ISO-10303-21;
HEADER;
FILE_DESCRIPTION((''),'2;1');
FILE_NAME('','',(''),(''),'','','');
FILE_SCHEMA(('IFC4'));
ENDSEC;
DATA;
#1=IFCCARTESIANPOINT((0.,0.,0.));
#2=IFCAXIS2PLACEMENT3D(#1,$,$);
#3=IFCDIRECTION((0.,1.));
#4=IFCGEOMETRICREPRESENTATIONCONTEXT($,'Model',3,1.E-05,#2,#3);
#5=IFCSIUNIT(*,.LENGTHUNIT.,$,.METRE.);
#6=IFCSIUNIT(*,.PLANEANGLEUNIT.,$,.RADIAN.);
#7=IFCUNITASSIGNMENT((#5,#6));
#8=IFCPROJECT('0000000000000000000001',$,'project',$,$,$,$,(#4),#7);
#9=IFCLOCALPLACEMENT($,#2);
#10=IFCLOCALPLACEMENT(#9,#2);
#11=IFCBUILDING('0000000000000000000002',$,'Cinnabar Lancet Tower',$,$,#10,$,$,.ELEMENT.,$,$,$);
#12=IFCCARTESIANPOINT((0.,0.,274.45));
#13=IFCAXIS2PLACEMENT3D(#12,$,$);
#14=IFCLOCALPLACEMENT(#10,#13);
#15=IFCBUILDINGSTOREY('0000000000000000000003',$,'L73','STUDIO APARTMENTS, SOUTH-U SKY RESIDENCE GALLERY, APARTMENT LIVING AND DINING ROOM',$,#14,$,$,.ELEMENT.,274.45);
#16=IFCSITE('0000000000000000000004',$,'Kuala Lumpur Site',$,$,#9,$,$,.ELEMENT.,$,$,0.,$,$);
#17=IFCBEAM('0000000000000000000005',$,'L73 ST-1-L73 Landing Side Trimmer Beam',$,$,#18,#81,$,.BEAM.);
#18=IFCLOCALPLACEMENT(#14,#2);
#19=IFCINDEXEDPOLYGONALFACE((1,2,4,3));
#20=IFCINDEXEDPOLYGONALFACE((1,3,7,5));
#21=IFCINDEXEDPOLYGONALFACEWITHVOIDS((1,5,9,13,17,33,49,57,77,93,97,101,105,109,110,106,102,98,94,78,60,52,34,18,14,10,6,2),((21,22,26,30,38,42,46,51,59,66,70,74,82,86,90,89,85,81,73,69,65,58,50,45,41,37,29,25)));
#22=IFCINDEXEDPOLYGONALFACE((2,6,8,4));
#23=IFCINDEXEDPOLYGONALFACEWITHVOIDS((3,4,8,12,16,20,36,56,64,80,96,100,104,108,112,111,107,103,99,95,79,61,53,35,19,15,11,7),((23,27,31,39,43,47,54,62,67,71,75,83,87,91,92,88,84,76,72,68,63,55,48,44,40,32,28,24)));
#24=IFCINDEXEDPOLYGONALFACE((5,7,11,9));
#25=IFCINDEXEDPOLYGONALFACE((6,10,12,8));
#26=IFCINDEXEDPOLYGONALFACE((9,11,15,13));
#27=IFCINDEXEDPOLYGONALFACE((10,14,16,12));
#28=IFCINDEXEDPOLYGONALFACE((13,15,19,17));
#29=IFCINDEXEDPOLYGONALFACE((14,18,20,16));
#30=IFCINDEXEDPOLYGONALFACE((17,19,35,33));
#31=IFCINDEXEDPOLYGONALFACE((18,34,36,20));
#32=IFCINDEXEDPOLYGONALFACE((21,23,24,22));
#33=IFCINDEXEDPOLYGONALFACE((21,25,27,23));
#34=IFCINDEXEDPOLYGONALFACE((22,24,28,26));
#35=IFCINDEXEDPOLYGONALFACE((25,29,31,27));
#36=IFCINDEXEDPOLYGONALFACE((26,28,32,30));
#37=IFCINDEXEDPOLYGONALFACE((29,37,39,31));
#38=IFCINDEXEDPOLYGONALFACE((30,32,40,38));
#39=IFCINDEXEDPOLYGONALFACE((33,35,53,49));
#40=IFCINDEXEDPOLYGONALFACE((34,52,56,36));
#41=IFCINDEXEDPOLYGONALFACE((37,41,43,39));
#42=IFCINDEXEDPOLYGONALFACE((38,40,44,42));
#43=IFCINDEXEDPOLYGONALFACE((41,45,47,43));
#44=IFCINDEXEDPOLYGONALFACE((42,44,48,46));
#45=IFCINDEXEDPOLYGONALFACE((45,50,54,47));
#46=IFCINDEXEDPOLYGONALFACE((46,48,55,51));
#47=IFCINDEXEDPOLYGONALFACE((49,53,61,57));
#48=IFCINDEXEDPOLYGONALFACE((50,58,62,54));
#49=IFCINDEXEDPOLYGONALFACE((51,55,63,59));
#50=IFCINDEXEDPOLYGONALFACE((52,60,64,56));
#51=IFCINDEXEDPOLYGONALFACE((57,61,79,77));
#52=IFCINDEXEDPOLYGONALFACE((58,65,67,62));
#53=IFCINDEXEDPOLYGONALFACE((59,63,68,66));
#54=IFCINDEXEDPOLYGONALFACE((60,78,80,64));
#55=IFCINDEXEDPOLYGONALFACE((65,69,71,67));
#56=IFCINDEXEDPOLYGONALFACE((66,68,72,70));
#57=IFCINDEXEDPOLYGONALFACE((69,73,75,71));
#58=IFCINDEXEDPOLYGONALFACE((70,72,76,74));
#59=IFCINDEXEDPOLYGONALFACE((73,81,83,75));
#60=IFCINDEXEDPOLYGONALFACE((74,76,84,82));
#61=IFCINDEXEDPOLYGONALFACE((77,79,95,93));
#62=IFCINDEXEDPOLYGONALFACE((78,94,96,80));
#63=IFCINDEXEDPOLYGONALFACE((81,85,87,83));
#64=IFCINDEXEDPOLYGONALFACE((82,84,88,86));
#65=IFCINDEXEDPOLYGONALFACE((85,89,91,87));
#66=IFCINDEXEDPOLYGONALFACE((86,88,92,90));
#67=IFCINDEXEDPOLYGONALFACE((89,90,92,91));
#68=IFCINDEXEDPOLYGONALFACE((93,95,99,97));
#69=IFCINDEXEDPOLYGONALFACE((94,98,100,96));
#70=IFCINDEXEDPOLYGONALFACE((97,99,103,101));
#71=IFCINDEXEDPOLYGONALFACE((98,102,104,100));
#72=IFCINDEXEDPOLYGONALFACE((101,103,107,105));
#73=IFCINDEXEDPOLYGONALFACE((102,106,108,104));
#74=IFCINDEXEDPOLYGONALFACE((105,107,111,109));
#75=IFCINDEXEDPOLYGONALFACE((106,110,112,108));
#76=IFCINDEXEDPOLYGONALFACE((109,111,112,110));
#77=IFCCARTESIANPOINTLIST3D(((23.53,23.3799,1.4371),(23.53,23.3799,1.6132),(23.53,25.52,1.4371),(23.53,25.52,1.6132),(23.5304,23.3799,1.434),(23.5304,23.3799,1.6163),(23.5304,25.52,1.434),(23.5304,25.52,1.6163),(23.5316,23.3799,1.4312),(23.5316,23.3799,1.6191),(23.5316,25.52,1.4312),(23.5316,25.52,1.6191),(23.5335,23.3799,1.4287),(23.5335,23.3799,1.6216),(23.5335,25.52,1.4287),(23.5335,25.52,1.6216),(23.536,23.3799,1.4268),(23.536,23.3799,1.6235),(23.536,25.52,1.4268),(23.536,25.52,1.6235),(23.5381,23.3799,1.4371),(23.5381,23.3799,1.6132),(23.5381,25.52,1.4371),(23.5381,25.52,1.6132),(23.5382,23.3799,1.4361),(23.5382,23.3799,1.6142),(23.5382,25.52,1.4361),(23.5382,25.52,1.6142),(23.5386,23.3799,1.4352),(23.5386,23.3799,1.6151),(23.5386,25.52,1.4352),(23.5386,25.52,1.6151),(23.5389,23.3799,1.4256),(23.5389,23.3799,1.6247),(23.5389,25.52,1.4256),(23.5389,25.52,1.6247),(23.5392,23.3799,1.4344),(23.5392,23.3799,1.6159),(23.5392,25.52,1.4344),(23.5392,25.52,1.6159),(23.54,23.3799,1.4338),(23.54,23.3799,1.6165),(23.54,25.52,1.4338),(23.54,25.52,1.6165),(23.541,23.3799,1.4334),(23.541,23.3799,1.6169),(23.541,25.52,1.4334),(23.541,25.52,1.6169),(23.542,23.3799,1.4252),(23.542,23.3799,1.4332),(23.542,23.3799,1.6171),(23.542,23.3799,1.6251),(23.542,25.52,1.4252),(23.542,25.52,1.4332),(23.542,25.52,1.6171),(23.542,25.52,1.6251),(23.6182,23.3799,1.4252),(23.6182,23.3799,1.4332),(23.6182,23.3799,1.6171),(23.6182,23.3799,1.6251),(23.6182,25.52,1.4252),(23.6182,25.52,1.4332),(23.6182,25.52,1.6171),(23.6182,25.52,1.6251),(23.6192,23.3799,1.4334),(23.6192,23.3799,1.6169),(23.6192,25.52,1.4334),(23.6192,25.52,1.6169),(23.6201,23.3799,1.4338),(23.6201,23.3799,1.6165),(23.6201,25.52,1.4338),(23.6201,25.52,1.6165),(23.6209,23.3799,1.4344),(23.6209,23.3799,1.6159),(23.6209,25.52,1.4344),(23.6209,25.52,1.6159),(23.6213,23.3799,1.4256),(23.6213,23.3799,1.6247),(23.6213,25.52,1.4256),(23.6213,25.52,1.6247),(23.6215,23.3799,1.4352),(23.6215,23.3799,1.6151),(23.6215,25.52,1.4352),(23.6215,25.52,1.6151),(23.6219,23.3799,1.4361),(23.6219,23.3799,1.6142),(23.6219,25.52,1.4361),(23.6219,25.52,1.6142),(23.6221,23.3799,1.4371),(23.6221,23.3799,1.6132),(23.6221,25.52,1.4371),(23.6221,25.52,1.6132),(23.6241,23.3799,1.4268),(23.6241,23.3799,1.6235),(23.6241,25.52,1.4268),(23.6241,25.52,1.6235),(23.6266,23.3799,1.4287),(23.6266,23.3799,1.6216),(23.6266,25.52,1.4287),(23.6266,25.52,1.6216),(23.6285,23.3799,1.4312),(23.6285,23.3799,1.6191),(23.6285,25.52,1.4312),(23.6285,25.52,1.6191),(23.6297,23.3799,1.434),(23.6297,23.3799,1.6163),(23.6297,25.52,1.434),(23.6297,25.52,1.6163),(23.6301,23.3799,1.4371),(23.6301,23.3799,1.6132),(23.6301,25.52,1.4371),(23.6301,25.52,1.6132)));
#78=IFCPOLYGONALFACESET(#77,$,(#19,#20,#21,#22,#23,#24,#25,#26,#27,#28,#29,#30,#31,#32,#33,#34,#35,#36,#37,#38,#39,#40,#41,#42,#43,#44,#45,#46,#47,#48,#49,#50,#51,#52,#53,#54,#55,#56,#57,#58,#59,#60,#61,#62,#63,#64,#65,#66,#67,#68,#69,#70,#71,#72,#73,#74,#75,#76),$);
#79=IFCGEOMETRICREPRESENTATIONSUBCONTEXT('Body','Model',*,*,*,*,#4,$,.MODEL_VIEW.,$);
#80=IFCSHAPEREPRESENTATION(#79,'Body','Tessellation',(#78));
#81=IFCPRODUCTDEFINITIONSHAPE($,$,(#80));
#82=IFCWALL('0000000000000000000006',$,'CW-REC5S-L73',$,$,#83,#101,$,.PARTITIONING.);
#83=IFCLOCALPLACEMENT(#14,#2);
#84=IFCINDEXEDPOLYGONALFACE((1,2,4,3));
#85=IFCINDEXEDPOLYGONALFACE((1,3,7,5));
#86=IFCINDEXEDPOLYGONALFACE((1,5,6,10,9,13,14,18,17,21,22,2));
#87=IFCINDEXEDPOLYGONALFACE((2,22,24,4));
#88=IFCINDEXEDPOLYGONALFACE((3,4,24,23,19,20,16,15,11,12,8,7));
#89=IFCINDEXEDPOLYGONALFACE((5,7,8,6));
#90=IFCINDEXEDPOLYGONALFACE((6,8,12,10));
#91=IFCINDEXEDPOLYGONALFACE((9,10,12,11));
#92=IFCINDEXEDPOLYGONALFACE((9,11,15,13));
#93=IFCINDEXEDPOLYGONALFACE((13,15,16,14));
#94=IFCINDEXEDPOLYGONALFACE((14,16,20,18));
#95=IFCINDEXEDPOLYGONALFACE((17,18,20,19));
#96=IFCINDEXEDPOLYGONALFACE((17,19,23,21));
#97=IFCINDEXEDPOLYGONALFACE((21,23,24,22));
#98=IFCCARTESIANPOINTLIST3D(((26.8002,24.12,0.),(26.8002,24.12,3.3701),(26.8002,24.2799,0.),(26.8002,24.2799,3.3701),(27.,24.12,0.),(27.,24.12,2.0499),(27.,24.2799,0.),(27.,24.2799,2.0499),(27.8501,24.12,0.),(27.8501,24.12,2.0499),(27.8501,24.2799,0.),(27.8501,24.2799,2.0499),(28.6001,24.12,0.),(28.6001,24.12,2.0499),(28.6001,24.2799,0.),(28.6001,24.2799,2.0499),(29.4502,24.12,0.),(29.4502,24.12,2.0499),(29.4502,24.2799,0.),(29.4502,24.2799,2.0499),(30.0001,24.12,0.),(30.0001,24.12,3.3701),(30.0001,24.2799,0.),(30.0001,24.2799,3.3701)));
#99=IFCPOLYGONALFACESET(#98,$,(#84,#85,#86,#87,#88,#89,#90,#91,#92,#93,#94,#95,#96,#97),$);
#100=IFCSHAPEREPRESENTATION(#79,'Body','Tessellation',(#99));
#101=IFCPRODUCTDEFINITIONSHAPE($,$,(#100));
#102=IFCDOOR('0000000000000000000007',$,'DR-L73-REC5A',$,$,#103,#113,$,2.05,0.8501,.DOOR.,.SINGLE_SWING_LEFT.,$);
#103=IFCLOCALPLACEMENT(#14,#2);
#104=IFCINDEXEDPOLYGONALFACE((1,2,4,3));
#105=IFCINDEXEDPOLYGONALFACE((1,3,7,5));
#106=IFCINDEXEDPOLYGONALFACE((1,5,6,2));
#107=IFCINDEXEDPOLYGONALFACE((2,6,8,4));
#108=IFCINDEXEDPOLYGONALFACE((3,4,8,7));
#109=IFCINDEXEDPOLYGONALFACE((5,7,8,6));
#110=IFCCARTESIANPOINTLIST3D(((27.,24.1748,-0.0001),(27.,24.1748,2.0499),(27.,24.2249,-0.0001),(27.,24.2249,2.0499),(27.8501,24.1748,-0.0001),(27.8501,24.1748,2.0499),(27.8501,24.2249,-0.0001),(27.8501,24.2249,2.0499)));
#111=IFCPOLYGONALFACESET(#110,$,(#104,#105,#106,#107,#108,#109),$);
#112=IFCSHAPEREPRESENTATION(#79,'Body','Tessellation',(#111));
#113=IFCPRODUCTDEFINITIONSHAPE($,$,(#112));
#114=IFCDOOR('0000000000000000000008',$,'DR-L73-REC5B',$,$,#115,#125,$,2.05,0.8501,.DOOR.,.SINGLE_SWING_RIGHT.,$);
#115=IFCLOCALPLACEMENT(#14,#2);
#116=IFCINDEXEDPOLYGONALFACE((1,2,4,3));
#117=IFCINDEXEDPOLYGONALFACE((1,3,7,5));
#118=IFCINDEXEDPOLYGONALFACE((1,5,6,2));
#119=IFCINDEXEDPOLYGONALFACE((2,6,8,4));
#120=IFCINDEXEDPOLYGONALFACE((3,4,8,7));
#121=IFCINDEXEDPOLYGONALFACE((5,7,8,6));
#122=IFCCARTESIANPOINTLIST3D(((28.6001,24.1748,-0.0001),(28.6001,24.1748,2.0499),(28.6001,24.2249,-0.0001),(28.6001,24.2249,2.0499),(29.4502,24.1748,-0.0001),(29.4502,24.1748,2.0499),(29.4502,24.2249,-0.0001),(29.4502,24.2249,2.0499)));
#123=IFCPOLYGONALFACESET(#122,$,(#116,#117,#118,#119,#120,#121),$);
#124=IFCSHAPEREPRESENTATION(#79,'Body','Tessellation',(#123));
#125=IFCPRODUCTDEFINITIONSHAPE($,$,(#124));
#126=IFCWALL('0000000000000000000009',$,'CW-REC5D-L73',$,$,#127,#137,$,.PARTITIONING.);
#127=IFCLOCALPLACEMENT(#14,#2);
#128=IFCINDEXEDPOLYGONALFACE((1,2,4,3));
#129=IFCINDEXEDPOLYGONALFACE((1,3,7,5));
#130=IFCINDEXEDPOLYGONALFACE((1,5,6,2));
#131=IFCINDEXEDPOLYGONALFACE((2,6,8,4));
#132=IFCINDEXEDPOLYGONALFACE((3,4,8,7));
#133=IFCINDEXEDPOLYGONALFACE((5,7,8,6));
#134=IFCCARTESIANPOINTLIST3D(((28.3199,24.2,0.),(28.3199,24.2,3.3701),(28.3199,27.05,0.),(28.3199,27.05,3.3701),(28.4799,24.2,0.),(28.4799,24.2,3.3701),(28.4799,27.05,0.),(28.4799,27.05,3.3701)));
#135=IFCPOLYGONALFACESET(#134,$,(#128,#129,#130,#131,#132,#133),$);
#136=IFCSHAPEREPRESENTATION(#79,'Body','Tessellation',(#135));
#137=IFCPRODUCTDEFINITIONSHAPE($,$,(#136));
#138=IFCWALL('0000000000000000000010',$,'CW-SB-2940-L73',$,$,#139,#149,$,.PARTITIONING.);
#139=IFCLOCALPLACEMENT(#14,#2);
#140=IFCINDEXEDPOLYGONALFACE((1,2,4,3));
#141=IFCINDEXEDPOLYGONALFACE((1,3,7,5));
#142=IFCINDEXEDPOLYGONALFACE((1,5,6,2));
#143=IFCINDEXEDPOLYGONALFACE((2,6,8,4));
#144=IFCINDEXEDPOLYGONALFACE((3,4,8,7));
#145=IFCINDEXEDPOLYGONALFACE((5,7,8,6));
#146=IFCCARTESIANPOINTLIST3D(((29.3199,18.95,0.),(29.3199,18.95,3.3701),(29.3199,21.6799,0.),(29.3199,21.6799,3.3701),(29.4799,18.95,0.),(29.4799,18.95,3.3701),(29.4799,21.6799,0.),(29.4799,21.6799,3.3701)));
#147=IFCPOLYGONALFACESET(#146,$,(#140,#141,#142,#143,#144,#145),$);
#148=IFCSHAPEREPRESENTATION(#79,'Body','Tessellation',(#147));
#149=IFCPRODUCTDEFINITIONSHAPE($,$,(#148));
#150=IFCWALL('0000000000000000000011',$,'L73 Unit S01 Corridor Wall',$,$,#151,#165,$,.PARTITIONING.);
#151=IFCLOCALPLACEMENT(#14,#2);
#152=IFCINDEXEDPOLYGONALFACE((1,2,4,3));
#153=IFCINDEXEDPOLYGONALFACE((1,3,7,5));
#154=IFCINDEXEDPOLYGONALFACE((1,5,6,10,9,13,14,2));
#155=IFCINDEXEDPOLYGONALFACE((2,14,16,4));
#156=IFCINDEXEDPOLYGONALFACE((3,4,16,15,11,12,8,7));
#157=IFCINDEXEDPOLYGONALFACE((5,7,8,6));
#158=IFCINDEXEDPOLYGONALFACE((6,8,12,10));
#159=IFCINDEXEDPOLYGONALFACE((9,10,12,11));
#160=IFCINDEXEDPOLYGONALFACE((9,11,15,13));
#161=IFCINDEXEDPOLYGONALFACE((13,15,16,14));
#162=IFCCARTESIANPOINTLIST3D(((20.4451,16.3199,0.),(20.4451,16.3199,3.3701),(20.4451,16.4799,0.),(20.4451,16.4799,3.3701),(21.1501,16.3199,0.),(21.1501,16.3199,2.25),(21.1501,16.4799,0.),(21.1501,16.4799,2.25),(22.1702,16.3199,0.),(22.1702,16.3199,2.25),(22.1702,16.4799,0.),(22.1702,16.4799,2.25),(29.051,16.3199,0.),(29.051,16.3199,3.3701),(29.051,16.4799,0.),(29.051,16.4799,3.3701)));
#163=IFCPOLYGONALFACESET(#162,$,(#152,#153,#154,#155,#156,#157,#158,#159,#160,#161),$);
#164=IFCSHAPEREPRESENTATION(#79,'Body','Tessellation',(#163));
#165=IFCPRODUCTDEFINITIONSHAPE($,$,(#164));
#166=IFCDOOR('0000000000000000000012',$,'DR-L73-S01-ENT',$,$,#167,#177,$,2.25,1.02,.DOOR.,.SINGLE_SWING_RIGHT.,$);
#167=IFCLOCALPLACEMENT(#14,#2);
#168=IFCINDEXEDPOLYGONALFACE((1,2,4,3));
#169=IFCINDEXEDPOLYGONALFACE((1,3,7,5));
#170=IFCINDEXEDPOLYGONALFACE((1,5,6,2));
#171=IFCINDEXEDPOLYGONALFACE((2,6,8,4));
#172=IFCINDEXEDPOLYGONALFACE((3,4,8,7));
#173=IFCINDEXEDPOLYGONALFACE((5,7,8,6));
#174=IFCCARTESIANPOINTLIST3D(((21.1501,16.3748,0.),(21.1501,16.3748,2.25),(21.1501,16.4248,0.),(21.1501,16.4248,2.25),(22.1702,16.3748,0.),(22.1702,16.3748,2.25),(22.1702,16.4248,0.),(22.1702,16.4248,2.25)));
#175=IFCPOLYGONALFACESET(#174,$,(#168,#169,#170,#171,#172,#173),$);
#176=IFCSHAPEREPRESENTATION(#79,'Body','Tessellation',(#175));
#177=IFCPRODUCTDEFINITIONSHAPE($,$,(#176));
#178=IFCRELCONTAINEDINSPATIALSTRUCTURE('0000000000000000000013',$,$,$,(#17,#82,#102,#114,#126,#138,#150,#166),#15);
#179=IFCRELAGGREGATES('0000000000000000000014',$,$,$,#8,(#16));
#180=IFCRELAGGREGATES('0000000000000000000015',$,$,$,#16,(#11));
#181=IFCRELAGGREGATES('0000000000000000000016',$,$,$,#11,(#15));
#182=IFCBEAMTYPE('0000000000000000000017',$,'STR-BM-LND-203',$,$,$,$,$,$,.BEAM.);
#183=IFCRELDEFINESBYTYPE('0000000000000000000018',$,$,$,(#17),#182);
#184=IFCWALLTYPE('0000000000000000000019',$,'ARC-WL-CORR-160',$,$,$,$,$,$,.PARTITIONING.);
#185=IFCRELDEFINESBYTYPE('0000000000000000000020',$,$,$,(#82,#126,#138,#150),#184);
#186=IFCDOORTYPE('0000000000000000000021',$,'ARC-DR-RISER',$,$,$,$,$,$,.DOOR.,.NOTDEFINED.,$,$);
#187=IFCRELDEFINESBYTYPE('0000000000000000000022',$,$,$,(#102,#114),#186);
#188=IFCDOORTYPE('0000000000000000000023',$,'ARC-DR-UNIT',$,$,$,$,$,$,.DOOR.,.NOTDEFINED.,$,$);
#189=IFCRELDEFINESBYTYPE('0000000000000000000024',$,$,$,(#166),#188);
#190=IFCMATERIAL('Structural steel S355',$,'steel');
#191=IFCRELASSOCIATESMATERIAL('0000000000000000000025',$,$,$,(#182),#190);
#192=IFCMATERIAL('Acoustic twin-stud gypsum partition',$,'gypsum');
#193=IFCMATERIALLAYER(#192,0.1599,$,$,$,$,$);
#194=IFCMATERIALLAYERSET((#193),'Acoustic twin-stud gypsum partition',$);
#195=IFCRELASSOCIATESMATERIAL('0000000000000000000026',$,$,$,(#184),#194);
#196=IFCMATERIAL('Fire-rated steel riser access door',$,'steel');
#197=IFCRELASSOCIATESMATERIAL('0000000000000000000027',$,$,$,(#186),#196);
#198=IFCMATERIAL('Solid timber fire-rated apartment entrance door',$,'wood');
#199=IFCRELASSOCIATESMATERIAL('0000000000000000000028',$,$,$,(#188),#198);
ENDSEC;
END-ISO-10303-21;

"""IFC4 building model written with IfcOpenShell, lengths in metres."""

from ifc_helpers import new_model, si_unit, direction, frame, frame_2d, origin, origin_2d, place, context, subcontext, project, spatial, rectangle, hollow_rectangle, extrude, material, layer, layer_set, material_profile, profile_set, type_object, element, fill, save


model = new_model("IFC4")

# Units and contexts
model_context = context("Model", 3, precision=1e-05, world=origin(), true_north=direction((0.0, 1.0)))
body_context = subcontext(model_context, "Body", "Model", "MODEL_VIEW")
ifc_project = project(units=[si_unit("LENGTHUNIT", "METRE"), si_unit("PLANEANGLEUNIT", "RADIAN")], contexts=[model_context])

# Site, building, storey
site_placement = place(None, origin())
site = spatial("IfcSite", under=ifc_project, at=site_placement, Name="Kuala Lumpur Site", CompositionType="ELEMENT", RefElevation=0.0)
building_placement = place(site_placement, origin())
building = spatial("IfcBuilding", under=site, at=building_placement, Name="Cinnabar Lancet Tower", CompositionType="ELEMENT")
storey_placement = place(building_placement, frame((0.0, 0.0, 274.45)))
storey = spatial("IfcBuildingStorey", under=building, at=storey_placement, Name="L73", Description="STUDIO APARTMENTS, SOUTH-U SKY RESIDENCE GALLERY, APARTMENT LIVING AND DINING ROOM", CompositionType="ELEMENT", Elevation=274.45)

# Beam
ifc_material_1 = material(Name="Structural steel S355", Category="steel")
ifc_material_profile_1 = material_profile(ifc_material_1, hollow_rectangle(XDim=0.1001, YDim=0.2, WallThickness=0.0081, InnerFilletRadius=0.0039, OuterFilletRadius=0.012, at=origin_2d()), Name="RHS 200x100x8")
ifc_profile_set_1 = profile_set([ifc_material_profile_1], Name="Structural steel S355")
beam_type_1 = type_object("IfcBeamType", Name="STR-BM-LND-203", PredefinedType="BEAM", material=ifc_profile_set_1)
beam_1_placement = place(storey_placement, frame((23.5801, 23.3799, 1.5251), z_axis=(0.0, 1.0, 0.0), x_axis=(-1.0, 0.0, 0.0)))
element("IfcBeam", 1, at=beam_1_placement, inside=storey, type_object=beam_type_1, Name="L73 ST-1-L73 Landing Side Trimmer Beam", PredefinedType="BEAM", context=body_context, shape_type="SweptSolid", body=[
    extrude(hollow_rectangle(XDim=0.1001, YDim=0.2, WallThickness=0.0081, InnerFilletRadius=0.0039, OuterFilletRadius=0.012, at=origin_2d()), origin(), (0.0, 0.0, 1.0), 2.1401),
])

# Wall, openings, doors
ifc_material_2 = material(Name="Acoustic twin-stud gypsum partition", Category="gypsum")
ifc_layer_1 = layer(ifc_material_2, 0.1599)
ifc_layer_set_1 = layer_set([ifc_layer_1], Name="Acoustic twin-stud gypsum partition")
wall_type_1 = type_object("IfcWallType", Name="ARC-WL-CORR-160", PredefinedType="PARTITIONING", material=ifc_layer_set_1)
wall_1_placement = place(storey_placement, frame((26.8, 24.2, 0.0), z_axis=(0.0, 0.0, 1.0), x_axis=(1.0, 0.0, 0.0)))
wall_1 = element("IfcWall", 2, at=wall_1_placement, inside=storey, type_object=wall_type_1, Name="CW-REC5S-L73", PredefinedType="PARTITIONING", context=body_context, shape_type="SweptSolid", body=[
    extrude(rectangle(XDim=3.2, YDim=0.1599, at=frame_2d((1.6001, 0.0))), origin(), (0.0, 0.0, 1.0), 3.3701),
])
opening_1_placement = place(wall_1_placement, frame((0.2, 0.0, 0.0)))
opening_1 = element("IfcOpeningElement", 3, at=opening_1_placement, cuts=wall_1, PredefinedType="OPENING", context=body_context, shape_type="SweptSolid", body=[
    extrude(rectangle(XDim=0.8501, YDim=2.05, at=frame_2d((0.425, 1.0249))), frame((0.0, 0.0898, 0.0), z_axis=(0.0, -1.0, 0.0), x_axis=(1.0, 0.0, 0.0)), (0.0, 0.0, 1.0), 0.1799),
])
opening_2_placement = place(wall_1_placement, frame((1.8, 0.0, 0.0)))
opening_2 = element("IfcOpeningElement", 4, at=opening_2_placement, cuts=wall_1, PredefinedType="OPENING", context=body_context, shape_type="SweptSolid", body=[
    extrude(rectangle(XDim=0.8501, YDim=2.05, at=frame_2d((0.425, 1.0249))), frame((0.0, 0.0898, 0.0), z_axis=(0.0, -1.0, 0.0), x_axis=(1.0, 0.0, 0.0)), (0.0, 0.0, 1.0), 0.1799),
])
ifc_material_3 = material(Name="Fire-rated steel riser access door", Category="steel")
door_type_1 = type_object("IfcDoorType", Name="ARC-DR-RISER", OperationType="NOTDEFINED", PredefinedType="DOOR", material=ifc_material_3)
door_1_placement = place(opening_1_placement, origin())
door_1 = element("IfcDoor", 5, at=door_1_placement, inside=storey, type_object=door_type_1, Name="DR-L73-REC5A", OperationType="SINGLE_SWING_LEFT", OverallHeight=2.05, OverallWidth=0.8501, PredefinedType="DOOR", context=body_context, shape_type="SweptSolid", body=[
    extrude(rectangle(XDim=0.8501, YDim=2.05, at=frame_2d((0.425, 1.0249))), frame((0.0, 0.0249, 0.0), z_axis=(0.0, -1.0, 0.0), x_axis=(1.0, 0.0, 0.0)), (0.0, 0.0, 1.0), 0.05),
])
fill(opening_1, door_1)
door_2_placement = place(opening_2_placement, origin())
door_2 = element("IfcDoor", 6, at=door_2_placement, inside=storey, type_object=door_type_1, Name="DR-L73-REC5B", OperationType="SINGLE_SWING_RIGHT", OverallHeight=2.05, OverallWidth=0.8501, PredefinedType="DOOR", context=body_context, shape_type="SweptSolid", body=[
    extrude(rectangle(XDim=0.8501, YDim=2.05, at=frame_2d((0.425, 1.0249))), frame((0.0, 0.0249, 0.0), z_axis=(0.0, -1.0, 0.0), x_axis=(1.0, 0.0, 0.0)), (0.0, 0.0, 1.0), 0.05),
])
fill(opening_2, door_2)

# Walls
wall_2_placement = place(storey_placement, frame((28.3999, 24.2, 0.0), z_axis=(0.0, 0.0, 1.0), x_axis=(0.0, 1.0, 0.0)))
element("IfcWall", 7, at=wall_2_placement, inside=storey, type_object=wall_type_1, Name="CW-REC5D-L73", PredefinedType="PARTITIONING", context=body_context, shape_type="SweptSolid", body=[
    extrude(rectangle(XDim=2.8501, YDim=0.1599, at=frame_2d((1.425, 0.0))), origin(), (0.0, 0.0, 1.0), 3.3701),
])
wall_3_placement = place(storey_placement, frame((29.3999, 18.95, 0.0), z_axis=(0.0, 0.0, 1.0), x_axis=(0.0, 1.0, 0.0)))
element("IfcWall", 8, at=wall_3_placement, inside=storey, type_object=wall_type_1, Name="CW-SB-2940-L73", PredefinedType="PARTITIONING", context=body_context, shape_type="SweptSolid", body=[
    extrude(rectangle(XDim=2.73, YDim=0.1599, at=frame_2d((1.365, 0.0))), origin(), (0.0, 0.0, 1.0), 3.3701),
])

# Wall, opening, door
wall_4_placement = place(storey_placement, frame((20.4451, 16.3999, 0.0), z_axis=(0.0, 0.0, 1.0), x_axis=(1.0, 0.0, 0.0)))
wall_4 = element("IfcWall", 9, at=wall_4_placement, inside=storey, type_object=wall_type_1, Name="L73 Unit S01 Corridor Wall", PredefinedType="PARTITIONING", context=body_context, shape_type="SweptSolid", body=[
    extrude(rectangle(XDim=8.606, YDim=0.1599, at=frame_2d((4.303, 0.0))), origin(), (0.0, 0.0, 1.0), 3.3701),
])
opening_3_placement = place(wall_4_placement, frame((0.7051, 0.0, 0.0)))
opening_3 = element("IfcOpeningElement", 10, at=opening_3_placement, cuts=wall_4, PredefinedType="OPENING", context=body_context, shape_type="SweptSolid", body=[
    extrude(rectangle(XDim=1.02, YDim=2.25, at=frame_2d((0.51, 1.125))), frame((0.0, 0.0898, 0.0), z_axis=(0.0, -1.0, 0.0), x_axis=(1.0, 0.0, 0.0)), (0.0, 0.0, 1.0), 0.1799),
])
ifc_material_4 = material(Name="Solid timber fire-rated apartment entrance door", Category="wood")
door_type_2 = type_object("IfcDoorType", Name="ARC-DR-UNIT", OperationType="NOTDEFINED", PredefinedType="DOOR", material=ifc_material_4)
door_3_placement = place(opening_3_placement, origin())
door_3 = element("IfcDoor", 11, at=door_3_placement, inside=storey, type_object=door_type_2, Name="DR-L73-S01-ENT", OperationType="SINGLE_SWING_RIGHT", OverallHeight=2.25, OverallWidth=1.02, PredefinedType="DOOR", context=body_context, shape_type="SweptSolid", body=[
    extrude(rectangle(XDim=1.02, YDim=2.25, at=frame_2d((0.51, 1.125))), frame((0.0, 0.0249, 0.0), z_axis=(0.0, -1.0, 0.0), x_axis=(1.0, 0.0, 0.0)), (0.0, 0.0, 1.0), 0.05),
])
fill(opening_3, door_3)

save(model, "model.ifc")
